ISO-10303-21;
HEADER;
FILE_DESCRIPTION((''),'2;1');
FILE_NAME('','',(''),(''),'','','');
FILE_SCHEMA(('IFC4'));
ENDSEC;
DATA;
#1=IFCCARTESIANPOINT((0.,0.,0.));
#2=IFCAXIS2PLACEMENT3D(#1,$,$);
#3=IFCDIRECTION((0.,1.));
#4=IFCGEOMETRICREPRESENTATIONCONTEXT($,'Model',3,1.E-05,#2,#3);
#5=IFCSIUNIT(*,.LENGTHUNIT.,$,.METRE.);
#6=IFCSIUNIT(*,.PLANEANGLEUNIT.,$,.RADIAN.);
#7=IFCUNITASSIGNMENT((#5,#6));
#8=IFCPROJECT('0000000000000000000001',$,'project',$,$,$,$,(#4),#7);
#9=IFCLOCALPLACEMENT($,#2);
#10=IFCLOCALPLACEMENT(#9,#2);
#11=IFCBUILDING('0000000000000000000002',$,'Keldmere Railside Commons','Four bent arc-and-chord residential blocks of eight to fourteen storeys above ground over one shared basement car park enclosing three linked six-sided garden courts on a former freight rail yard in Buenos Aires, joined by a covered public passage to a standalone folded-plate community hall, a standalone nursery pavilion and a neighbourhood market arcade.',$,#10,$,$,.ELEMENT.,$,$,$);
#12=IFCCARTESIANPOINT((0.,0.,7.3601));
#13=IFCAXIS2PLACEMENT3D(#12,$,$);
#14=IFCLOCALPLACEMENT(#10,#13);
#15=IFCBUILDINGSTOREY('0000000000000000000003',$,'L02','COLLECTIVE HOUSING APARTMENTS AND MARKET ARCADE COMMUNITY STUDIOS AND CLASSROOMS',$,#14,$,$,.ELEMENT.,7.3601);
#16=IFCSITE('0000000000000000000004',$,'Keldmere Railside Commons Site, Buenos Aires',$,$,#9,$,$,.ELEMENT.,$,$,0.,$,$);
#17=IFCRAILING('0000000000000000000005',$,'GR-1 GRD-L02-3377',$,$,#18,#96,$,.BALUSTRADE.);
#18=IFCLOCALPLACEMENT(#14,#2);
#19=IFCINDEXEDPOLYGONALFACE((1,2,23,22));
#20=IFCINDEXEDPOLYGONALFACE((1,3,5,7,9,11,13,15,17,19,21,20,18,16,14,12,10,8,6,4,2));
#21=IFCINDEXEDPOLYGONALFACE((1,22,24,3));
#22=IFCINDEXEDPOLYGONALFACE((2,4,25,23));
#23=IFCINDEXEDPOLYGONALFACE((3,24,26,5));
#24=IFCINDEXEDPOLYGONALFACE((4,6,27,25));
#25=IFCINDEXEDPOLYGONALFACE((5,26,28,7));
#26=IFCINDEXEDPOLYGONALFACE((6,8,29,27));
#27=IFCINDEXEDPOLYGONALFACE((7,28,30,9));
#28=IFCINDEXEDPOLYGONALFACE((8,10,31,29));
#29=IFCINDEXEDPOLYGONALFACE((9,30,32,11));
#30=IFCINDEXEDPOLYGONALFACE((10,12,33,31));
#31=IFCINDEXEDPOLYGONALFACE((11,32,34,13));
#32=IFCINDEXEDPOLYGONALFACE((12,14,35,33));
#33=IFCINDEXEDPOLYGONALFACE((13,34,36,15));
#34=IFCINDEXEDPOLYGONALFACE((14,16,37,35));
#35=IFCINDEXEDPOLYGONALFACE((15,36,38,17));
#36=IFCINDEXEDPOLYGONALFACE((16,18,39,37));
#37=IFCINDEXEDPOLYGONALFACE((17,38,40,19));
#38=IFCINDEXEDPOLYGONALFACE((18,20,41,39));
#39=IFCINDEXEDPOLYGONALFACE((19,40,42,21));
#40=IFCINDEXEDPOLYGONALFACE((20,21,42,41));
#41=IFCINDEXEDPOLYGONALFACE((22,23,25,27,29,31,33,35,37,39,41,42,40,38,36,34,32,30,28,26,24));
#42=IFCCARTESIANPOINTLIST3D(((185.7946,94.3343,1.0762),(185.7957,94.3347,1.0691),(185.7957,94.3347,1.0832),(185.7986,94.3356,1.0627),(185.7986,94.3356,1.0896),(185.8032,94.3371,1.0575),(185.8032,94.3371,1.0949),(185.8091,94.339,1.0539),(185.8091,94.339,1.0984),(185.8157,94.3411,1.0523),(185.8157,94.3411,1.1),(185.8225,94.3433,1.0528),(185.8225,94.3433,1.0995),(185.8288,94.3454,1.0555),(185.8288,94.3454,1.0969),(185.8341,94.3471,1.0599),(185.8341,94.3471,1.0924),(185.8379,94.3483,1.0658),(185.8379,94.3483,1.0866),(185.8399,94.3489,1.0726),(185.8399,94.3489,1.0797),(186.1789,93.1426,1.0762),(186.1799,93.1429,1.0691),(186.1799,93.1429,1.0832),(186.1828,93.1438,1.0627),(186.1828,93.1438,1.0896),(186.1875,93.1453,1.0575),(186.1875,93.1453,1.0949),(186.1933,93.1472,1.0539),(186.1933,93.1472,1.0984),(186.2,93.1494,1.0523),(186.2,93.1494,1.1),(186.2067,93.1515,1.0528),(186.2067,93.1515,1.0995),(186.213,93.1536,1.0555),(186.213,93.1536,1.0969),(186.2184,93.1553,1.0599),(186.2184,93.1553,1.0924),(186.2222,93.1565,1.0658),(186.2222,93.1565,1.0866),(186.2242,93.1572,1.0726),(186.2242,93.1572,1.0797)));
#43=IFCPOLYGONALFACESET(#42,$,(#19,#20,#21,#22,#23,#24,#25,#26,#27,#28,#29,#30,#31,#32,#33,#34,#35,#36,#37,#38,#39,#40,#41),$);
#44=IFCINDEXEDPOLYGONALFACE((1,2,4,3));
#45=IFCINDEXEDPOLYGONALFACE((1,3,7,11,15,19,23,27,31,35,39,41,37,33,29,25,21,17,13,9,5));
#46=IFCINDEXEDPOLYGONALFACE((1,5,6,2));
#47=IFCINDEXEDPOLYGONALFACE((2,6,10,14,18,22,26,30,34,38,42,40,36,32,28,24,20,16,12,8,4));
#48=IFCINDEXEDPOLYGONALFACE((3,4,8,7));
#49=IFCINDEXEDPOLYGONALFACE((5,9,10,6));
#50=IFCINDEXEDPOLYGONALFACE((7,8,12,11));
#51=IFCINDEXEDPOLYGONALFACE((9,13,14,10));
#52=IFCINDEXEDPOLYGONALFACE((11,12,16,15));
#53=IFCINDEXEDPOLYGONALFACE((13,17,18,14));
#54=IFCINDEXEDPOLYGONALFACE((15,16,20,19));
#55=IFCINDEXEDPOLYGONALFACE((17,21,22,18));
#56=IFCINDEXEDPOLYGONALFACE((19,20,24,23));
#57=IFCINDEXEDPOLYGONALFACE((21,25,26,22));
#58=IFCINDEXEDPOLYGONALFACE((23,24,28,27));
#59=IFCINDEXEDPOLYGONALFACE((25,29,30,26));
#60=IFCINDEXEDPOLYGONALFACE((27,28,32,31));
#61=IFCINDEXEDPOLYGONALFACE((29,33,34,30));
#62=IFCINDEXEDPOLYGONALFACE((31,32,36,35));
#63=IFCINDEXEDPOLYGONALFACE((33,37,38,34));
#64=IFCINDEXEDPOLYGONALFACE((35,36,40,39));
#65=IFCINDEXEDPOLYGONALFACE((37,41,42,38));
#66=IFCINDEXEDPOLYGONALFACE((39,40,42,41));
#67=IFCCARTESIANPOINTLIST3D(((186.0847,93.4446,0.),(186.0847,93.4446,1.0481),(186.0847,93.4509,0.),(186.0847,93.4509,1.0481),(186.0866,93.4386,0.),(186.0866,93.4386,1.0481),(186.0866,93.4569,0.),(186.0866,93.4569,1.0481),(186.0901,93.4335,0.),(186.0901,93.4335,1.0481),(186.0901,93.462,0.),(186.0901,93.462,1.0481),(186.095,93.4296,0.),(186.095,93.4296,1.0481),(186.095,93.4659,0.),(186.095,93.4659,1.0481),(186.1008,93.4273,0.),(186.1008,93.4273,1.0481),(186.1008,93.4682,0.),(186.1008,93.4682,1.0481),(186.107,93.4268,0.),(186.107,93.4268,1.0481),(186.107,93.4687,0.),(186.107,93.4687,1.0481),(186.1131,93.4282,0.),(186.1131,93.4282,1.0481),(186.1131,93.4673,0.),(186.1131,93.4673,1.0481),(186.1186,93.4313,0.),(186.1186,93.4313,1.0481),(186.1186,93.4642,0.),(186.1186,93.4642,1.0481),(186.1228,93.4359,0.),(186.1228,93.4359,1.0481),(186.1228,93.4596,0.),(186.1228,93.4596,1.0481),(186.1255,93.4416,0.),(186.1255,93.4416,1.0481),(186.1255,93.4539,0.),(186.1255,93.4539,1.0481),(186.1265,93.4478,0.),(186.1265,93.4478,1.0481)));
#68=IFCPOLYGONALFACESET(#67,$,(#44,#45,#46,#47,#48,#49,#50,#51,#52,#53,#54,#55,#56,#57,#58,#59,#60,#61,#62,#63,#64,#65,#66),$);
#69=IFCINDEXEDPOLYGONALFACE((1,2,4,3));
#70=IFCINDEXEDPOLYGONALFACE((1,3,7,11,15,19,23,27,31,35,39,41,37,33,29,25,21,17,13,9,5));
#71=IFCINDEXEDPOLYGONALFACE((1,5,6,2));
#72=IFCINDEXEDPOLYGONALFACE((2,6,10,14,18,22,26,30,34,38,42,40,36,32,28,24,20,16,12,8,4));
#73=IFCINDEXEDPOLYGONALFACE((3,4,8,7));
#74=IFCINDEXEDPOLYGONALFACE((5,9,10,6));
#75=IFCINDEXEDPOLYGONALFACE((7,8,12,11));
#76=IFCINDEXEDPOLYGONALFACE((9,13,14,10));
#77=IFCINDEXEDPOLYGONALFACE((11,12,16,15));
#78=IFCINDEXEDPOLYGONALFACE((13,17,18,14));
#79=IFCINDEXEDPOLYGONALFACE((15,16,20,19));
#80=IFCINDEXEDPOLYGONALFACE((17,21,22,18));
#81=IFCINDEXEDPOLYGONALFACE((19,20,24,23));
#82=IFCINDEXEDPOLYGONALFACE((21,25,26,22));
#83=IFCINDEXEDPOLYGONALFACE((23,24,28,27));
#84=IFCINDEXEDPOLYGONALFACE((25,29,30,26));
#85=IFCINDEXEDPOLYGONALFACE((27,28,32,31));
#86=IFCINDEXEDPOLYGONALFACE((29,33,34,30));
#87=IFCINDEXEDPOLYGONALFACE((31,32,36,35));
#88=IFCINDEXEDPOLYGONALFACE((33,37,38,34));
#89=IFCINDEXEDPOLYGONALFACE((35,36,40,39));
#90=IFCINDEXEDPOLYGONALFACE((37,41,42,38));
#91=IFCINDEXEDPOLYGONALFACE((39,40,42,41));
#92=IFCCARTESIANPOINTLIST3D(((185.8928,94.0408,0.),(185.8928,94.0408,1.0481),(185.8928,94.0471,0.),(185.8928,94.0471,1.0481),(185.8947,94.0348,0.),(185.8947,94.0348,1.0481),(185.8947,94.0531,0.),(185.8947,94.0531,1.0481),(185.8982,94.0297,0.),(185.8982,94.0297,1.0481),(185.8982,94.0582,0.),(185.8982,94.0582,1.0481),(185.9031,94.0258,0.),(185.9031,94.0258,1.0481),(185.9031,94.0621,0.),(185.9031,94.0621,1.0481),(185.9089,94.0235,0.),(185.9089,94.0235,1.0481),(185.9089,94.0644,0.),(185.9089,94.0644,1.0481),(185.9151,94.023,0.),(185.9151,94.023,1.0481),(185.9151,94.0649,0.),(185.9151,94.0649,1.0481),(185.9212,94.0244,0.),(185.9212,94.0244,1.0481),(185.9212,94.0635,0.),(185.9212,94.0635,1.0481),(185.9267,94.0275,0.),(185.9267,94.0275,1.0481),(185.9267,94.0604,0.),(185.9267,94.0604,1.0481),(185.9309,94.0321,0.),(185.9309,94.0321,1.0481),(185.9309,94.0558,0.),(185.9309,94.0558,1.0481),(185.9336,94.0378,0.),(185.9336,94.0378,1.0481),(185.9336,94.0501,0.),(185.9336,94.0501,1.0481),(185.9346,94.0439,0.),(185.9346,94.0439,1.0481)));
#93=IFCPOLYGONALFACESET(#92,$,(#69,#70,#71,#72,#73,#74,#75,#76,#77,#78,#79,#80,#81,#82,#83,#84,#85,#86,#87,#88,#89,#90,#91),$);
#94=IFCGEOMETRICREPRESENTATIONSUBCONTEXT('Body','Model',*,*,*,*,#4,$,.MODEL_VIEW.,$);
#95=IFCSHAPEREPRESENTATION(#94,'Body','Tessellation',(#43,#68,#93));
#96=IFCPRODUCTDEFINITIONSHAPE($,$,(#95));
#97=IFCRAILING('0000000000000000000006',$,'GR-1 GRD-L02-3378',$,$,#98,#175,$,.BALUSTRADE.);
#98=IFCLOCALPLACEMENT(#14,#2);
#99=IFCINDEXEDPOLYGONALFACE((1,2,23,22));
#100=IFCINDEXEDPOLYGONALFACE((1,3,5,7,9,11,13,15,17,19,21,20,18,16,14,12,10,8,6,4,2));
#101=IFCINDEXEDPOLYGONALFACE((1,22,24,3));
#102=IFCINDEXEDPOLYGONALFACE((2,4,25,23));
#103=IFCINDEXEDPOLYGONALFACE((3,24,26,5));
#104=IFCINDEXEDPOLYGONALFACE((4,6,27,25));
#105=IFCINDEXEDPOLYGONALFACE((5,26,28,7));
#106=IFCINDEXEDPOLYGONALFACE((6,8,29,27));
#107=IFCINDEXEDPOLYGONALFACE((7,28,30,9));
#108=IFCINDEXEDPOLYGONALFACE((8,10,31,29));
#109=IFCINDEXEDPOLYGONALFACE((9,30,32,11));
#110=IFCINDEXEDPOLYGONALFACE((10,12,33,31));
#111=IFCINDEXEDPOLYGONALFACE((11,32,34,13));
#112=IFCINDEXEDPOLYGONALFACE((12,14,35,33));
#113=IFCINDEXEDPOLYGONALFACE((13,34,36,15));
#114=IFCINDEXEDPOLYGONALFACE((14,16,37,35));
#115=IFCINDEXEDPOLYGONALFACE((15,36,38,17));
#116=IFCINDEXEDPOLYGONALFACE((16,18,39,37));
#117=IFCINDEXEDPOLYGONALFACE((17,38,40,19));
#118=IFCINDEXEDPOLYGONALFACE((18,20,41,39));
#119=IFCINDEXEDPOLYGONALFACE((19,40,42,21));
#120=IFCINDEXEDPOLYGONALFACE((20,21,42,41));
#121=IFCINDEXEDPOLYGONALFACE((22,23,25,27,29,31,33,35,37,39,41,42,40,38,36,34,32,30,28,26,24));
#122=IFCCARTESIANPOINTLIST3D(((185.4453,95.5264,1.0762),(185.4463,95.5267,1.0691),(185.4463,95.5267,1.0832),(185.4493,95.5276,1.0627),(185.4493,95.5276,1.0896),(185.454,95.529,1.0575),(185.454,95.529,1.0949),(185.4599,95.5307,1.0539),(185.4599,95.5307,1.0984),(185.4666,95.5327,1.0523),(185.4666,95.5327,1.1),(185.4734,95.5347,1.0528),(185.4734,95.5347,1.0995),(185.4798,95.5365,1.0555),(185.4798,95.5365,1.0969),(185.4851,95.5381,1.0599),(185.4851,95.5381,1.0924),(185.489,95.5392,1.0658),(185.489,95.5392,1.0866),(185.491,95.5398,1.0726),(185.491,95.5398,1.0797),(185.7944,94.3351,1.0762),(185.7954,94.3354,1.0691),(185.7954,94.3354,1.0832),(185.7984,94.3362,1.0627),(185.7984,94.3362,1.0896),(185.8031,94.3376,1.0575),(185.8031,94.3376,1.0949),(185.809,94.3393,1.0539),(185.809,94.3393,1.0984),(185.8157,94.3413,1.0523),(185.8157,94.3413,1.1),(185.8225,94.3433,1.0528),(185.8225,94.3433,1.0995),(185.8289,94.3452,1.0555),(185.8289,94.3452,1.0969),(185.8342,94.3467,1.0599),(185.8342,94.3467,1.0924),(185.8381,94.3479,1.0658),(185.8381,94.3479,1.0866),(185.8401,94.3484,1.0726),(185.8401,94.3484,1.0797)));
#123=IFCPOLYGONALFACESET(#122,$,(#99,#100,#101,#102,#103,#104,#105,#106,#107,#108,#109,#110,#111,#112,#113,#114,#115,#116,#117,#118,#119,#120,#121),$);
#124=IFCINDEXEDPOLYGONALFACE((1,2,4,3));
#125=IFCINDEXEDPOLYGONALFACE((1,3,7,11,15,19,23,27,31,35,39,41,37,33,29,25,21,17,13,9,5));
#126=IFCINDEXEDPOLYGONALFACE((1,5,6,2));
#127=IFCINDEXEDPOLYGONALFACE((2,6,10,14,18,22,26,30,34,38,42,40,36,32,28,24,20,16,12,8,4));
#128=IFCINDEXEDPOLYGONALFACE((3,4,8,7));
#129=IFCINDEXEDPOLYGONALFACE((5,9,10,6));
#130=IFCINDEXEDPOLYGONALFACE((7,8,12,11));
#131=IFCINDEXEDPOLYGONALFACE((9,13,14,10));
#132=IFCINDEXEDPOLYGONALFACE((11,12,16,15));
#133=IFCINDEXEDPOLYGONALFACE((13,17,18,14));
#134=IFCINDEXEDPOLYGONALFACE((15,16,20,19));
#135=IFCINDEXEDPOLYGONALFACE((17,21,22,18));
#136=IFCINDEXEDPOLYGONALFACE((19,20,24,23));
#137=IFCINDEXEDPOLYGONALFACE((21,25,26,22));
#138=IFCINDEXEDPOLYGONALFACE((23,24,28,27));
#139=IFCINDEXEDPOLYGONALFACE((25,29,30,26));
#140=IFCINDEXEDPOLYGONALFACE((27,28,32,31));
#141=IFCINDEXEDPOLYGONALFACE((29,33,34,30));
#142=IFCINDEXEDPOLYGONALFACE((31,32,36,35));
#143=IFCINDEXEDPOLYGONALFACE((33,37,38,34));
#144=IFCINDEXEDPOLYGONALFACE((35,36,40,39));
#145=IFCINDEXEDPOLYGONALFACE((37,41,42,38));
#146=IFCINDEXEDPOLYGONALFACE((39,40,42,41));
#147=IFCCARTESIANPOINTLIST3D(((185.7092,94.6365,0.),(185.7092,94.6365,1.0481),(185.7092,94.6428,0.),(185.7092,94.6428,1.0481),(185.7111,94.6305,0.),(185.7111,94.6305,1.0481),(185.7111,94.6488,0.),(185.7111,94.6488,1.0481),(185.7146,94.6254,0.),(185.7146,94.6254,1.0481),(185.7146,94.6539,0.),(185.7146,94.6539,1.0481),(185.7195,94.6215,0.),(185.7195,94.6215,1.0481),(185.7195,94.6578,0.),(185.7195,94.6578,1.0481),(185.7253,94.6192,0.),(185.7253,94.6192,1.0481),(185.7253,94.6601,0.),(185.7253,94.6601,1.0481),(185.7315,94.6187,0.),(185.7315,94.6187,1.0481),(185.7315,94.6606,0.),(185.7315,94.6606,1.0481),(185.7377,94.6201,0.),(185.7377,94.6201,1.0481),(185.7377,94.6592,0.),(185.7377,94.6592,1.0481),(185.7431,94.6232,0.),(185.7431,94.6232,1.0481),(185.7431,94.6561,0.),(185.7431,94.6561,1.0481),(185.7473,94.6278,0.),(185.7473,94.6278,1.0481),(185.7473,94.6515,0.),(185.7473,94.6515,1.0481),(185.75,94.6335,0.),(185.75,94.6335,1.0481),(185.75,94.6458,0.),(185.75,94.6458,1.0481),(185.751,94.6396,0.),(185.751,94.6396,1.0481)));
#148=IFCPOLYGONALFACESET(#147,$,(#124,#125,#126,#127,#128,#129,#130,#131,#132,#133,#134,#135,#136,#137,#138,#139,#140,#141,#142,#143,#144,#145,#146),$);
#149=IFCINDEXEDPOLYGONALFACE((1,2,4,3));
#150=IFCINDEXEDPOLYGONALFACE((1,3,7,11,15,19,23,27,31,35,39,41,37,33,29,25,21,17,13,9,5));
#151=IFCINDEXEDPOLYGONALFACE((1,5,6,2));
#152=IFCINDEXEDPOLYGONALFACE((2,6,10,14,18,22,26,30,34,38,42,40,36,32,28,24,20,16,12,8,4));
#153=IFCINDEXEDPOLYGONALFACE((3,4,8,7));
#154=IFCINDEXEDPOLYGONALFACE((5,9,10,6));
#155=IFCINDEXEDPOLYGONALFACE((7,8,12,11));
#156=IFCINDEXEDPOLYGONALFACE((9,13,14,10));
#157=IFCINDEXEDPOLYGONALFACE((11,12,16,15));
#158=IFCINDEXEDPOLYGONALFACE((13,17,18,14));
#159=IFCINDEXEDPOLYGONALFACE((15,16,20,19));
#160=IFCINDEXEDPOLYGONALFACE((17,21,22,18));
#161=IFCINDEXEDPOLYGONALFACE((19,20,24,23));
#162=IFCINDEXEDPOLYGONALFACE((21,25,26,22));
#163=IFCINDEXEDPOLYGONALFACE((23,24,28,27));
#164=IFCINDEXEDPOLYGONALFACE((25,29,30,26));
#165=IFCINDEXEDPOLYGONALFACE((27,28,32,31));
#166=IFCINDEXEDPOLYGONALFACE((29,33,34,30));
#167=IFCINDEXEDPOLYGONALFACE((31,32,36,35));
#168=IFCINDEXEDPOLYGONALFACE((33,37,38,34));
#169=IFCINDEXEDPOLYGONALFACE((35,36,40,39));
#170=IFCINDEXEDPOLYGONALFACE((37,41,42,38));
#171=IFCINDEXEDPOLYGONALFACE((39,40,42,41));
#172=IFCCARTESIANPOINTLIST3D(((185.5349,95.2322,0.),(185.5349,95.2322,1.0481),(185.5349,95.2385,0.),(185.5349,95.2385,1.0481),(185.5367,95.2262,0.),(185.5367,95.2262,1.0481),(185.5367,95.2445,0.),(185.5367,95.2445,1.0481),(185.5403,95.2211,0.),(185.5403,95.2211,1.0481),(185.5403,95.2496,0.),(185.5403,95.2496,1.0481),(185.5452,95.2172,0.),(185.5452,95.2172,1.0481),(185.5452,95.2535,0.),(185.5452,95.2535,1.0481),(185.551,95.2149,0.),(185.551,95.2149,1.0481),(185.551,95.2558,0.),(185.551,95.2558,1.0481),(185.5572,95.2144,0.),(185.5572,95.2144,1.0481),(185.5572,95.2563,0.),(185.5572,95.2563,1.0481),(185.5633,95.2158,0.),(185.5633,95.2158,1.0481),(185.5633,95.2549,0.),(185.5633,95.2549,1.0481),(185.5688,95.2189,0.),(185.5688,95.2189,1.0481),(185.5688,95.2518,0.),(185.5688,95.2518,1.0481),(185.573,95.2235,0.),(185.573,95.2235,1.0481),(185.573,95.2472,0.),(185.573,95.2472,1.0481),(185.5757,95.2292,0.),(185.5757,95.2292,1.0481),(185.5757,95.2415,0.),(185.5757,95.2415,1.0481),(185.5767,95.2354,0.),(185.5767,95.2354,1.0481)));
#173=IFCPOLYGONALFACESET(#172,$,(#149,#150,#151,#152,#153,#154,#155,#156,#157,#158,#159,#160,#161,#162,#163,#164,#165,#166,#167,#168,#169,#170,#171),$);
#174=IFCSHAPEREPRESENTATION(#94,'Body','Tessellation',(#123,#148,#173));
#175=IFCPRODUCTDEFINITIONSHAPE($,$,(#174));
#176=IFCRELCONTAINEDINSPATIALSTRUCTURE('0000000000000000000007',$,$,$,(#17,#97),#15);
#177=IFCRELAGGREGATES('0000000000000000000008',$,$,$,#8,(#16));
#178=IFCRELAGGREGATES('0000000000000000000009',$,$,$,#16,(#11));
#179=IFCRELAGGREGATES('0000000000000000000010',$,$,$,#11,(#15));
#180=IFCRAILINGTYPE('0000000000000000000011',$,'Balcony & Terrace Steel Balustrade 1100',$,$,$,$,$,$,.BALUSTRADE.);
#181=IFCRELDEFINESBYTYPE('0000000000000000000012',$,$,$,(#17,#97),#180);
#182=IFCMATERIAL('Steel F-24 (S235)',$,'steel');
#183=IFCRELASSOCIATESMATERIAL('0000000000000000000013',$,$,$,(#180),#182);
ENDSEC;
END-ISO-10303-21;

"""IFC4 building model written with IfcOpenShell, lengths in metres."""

from ifc_helpers import new_model, si_unit, direction, frame, origin, origin_2d, place, context, subcontext, project, spatial, circle, extrude, material, type_object, element, save


model = new_model("IFC4")

# Units and contexts
model_context = context("Model", 3, precision=1e-05, world=origin(), true_north=direction((0.0, 1.0)))
body_context = subcontext(model_context, "Body", "Model", "MODEL_VIEW")
ifc_project = project(units=[si_unit("LENGTHUNIT", "METRE"), si_unit("PLANEANGLEUNIT", "RADIAN")], contexts=[model_context])

# Site, building, storey
site_placement = place(None, origin())
site = spatial("IfcSite", under=ifc_project, at=site_placement, Name="Keldmere Railside Commons Site, Buenos Aires", CompositionType="ELEMENT", RefElevation=0.0)
building_placement = place(site_placement, origin())
building = spatial("IfcBuilding", under=site, at=building_placement, Name="Keldmere Railside Commons", Description="Four bent arc-and-chord residential blocks of eight to fourteen storeys above ground over one shared basement car park enclosing three linked six-sided garden courts on a former freight rail yard in Buenos Aires, joined by a covered public passage to a standalone folded-plate community hall, a standalone nursery pavilion and a neighbourhood market arcade.", CompositionType="ELEMENT")
storey_placement = place(building_placement, frame((0.0, 0.0, 7.3601)))
storey = spatial("IfcBuildingStorey", under=building, at=storey_placement, Name="L02", Description="COLLECTIVE HOUSING APARTMENTS AND MARKET ARCADE COMMUNITY STUDIOS AND CLASSROOMS", CompositionType="ELEMENT", Elevation=7.3601)

# Railings
ifc_material_1 = material(Name="Steel F-24 (S235)", Category="steel")
railing_type = type_object("IfcRailingType", Name="Balcony & Terrace Steel Balustrade 1100", PredefinedType="BALUSTRADE", material=ifc_material_1)
railing_1_placement = place(storey_placement, frame((186.2017, 93.1499, 0.0)))
element("IfcRailing", 1, at=railing_1_placement, inside=storey, type_object=railing_type, Name="GR-1 GRD-L02-3377", PredefinedType="BALUSTRADE", context=body_context, shape_type="SweptSolid", body=[
    extrude(circle(Radius=0.0239, at=origin_2d()), frame((0.0, 0.0, 1.0762), z_axis=(-0.306855, 0.951756, 0.0), x_axis=(-0.951756, -0.306855, 0.0)), (0.0, 0.0, 1.0), 1.2522),
    extrude(circle(Radius=0.021, at=origin_2d()), frame((-0.0962, 0.2979, 0.0)), (0.0, 0.0, 1.0), 1.0481),
    extrude(circle(Radius=0.021, at=origin_2d()), frame((-0.2881, 0.894, 0.0)), (0.0, 0.0, 1.0), 1.0481),
])
railing_2_placement = place(storey_placement, frame((185.8174, 94.3418, 0.0)))
element("IfcRailing", 2, at=railing_2_placement, inside=storey, type_object=railing_type, Name="GR-1 GRD-L02-3378", PredefinedType="BALUSTRADE", context=body_context, shape_type="SweptSolid", body=[
    extrude(circle(Radius=0.0239, at=origin_2d()), frame((0.0, 0.0, 1.0762), z_axis=(-0.281208, 0.959647, 0.0), x_axis=(-0.959647, -0.281208, 0.0)), (0.0, 0.0, 1.0), 1.2415),
    extrude(circle(Radius=0.021, at=origin_2d()), frame((-0.0874, 0.2979, 0.0)), (0.0, 0.0, 1.0), 1.0481),
    extrude(circle(Radius=0.021, at=origin_2d()), frame((-0.2617, 0.8936, 0.0)), (0.0, 0.0, 1.0), 1.0481),
])

save(model, "model.ifc")
